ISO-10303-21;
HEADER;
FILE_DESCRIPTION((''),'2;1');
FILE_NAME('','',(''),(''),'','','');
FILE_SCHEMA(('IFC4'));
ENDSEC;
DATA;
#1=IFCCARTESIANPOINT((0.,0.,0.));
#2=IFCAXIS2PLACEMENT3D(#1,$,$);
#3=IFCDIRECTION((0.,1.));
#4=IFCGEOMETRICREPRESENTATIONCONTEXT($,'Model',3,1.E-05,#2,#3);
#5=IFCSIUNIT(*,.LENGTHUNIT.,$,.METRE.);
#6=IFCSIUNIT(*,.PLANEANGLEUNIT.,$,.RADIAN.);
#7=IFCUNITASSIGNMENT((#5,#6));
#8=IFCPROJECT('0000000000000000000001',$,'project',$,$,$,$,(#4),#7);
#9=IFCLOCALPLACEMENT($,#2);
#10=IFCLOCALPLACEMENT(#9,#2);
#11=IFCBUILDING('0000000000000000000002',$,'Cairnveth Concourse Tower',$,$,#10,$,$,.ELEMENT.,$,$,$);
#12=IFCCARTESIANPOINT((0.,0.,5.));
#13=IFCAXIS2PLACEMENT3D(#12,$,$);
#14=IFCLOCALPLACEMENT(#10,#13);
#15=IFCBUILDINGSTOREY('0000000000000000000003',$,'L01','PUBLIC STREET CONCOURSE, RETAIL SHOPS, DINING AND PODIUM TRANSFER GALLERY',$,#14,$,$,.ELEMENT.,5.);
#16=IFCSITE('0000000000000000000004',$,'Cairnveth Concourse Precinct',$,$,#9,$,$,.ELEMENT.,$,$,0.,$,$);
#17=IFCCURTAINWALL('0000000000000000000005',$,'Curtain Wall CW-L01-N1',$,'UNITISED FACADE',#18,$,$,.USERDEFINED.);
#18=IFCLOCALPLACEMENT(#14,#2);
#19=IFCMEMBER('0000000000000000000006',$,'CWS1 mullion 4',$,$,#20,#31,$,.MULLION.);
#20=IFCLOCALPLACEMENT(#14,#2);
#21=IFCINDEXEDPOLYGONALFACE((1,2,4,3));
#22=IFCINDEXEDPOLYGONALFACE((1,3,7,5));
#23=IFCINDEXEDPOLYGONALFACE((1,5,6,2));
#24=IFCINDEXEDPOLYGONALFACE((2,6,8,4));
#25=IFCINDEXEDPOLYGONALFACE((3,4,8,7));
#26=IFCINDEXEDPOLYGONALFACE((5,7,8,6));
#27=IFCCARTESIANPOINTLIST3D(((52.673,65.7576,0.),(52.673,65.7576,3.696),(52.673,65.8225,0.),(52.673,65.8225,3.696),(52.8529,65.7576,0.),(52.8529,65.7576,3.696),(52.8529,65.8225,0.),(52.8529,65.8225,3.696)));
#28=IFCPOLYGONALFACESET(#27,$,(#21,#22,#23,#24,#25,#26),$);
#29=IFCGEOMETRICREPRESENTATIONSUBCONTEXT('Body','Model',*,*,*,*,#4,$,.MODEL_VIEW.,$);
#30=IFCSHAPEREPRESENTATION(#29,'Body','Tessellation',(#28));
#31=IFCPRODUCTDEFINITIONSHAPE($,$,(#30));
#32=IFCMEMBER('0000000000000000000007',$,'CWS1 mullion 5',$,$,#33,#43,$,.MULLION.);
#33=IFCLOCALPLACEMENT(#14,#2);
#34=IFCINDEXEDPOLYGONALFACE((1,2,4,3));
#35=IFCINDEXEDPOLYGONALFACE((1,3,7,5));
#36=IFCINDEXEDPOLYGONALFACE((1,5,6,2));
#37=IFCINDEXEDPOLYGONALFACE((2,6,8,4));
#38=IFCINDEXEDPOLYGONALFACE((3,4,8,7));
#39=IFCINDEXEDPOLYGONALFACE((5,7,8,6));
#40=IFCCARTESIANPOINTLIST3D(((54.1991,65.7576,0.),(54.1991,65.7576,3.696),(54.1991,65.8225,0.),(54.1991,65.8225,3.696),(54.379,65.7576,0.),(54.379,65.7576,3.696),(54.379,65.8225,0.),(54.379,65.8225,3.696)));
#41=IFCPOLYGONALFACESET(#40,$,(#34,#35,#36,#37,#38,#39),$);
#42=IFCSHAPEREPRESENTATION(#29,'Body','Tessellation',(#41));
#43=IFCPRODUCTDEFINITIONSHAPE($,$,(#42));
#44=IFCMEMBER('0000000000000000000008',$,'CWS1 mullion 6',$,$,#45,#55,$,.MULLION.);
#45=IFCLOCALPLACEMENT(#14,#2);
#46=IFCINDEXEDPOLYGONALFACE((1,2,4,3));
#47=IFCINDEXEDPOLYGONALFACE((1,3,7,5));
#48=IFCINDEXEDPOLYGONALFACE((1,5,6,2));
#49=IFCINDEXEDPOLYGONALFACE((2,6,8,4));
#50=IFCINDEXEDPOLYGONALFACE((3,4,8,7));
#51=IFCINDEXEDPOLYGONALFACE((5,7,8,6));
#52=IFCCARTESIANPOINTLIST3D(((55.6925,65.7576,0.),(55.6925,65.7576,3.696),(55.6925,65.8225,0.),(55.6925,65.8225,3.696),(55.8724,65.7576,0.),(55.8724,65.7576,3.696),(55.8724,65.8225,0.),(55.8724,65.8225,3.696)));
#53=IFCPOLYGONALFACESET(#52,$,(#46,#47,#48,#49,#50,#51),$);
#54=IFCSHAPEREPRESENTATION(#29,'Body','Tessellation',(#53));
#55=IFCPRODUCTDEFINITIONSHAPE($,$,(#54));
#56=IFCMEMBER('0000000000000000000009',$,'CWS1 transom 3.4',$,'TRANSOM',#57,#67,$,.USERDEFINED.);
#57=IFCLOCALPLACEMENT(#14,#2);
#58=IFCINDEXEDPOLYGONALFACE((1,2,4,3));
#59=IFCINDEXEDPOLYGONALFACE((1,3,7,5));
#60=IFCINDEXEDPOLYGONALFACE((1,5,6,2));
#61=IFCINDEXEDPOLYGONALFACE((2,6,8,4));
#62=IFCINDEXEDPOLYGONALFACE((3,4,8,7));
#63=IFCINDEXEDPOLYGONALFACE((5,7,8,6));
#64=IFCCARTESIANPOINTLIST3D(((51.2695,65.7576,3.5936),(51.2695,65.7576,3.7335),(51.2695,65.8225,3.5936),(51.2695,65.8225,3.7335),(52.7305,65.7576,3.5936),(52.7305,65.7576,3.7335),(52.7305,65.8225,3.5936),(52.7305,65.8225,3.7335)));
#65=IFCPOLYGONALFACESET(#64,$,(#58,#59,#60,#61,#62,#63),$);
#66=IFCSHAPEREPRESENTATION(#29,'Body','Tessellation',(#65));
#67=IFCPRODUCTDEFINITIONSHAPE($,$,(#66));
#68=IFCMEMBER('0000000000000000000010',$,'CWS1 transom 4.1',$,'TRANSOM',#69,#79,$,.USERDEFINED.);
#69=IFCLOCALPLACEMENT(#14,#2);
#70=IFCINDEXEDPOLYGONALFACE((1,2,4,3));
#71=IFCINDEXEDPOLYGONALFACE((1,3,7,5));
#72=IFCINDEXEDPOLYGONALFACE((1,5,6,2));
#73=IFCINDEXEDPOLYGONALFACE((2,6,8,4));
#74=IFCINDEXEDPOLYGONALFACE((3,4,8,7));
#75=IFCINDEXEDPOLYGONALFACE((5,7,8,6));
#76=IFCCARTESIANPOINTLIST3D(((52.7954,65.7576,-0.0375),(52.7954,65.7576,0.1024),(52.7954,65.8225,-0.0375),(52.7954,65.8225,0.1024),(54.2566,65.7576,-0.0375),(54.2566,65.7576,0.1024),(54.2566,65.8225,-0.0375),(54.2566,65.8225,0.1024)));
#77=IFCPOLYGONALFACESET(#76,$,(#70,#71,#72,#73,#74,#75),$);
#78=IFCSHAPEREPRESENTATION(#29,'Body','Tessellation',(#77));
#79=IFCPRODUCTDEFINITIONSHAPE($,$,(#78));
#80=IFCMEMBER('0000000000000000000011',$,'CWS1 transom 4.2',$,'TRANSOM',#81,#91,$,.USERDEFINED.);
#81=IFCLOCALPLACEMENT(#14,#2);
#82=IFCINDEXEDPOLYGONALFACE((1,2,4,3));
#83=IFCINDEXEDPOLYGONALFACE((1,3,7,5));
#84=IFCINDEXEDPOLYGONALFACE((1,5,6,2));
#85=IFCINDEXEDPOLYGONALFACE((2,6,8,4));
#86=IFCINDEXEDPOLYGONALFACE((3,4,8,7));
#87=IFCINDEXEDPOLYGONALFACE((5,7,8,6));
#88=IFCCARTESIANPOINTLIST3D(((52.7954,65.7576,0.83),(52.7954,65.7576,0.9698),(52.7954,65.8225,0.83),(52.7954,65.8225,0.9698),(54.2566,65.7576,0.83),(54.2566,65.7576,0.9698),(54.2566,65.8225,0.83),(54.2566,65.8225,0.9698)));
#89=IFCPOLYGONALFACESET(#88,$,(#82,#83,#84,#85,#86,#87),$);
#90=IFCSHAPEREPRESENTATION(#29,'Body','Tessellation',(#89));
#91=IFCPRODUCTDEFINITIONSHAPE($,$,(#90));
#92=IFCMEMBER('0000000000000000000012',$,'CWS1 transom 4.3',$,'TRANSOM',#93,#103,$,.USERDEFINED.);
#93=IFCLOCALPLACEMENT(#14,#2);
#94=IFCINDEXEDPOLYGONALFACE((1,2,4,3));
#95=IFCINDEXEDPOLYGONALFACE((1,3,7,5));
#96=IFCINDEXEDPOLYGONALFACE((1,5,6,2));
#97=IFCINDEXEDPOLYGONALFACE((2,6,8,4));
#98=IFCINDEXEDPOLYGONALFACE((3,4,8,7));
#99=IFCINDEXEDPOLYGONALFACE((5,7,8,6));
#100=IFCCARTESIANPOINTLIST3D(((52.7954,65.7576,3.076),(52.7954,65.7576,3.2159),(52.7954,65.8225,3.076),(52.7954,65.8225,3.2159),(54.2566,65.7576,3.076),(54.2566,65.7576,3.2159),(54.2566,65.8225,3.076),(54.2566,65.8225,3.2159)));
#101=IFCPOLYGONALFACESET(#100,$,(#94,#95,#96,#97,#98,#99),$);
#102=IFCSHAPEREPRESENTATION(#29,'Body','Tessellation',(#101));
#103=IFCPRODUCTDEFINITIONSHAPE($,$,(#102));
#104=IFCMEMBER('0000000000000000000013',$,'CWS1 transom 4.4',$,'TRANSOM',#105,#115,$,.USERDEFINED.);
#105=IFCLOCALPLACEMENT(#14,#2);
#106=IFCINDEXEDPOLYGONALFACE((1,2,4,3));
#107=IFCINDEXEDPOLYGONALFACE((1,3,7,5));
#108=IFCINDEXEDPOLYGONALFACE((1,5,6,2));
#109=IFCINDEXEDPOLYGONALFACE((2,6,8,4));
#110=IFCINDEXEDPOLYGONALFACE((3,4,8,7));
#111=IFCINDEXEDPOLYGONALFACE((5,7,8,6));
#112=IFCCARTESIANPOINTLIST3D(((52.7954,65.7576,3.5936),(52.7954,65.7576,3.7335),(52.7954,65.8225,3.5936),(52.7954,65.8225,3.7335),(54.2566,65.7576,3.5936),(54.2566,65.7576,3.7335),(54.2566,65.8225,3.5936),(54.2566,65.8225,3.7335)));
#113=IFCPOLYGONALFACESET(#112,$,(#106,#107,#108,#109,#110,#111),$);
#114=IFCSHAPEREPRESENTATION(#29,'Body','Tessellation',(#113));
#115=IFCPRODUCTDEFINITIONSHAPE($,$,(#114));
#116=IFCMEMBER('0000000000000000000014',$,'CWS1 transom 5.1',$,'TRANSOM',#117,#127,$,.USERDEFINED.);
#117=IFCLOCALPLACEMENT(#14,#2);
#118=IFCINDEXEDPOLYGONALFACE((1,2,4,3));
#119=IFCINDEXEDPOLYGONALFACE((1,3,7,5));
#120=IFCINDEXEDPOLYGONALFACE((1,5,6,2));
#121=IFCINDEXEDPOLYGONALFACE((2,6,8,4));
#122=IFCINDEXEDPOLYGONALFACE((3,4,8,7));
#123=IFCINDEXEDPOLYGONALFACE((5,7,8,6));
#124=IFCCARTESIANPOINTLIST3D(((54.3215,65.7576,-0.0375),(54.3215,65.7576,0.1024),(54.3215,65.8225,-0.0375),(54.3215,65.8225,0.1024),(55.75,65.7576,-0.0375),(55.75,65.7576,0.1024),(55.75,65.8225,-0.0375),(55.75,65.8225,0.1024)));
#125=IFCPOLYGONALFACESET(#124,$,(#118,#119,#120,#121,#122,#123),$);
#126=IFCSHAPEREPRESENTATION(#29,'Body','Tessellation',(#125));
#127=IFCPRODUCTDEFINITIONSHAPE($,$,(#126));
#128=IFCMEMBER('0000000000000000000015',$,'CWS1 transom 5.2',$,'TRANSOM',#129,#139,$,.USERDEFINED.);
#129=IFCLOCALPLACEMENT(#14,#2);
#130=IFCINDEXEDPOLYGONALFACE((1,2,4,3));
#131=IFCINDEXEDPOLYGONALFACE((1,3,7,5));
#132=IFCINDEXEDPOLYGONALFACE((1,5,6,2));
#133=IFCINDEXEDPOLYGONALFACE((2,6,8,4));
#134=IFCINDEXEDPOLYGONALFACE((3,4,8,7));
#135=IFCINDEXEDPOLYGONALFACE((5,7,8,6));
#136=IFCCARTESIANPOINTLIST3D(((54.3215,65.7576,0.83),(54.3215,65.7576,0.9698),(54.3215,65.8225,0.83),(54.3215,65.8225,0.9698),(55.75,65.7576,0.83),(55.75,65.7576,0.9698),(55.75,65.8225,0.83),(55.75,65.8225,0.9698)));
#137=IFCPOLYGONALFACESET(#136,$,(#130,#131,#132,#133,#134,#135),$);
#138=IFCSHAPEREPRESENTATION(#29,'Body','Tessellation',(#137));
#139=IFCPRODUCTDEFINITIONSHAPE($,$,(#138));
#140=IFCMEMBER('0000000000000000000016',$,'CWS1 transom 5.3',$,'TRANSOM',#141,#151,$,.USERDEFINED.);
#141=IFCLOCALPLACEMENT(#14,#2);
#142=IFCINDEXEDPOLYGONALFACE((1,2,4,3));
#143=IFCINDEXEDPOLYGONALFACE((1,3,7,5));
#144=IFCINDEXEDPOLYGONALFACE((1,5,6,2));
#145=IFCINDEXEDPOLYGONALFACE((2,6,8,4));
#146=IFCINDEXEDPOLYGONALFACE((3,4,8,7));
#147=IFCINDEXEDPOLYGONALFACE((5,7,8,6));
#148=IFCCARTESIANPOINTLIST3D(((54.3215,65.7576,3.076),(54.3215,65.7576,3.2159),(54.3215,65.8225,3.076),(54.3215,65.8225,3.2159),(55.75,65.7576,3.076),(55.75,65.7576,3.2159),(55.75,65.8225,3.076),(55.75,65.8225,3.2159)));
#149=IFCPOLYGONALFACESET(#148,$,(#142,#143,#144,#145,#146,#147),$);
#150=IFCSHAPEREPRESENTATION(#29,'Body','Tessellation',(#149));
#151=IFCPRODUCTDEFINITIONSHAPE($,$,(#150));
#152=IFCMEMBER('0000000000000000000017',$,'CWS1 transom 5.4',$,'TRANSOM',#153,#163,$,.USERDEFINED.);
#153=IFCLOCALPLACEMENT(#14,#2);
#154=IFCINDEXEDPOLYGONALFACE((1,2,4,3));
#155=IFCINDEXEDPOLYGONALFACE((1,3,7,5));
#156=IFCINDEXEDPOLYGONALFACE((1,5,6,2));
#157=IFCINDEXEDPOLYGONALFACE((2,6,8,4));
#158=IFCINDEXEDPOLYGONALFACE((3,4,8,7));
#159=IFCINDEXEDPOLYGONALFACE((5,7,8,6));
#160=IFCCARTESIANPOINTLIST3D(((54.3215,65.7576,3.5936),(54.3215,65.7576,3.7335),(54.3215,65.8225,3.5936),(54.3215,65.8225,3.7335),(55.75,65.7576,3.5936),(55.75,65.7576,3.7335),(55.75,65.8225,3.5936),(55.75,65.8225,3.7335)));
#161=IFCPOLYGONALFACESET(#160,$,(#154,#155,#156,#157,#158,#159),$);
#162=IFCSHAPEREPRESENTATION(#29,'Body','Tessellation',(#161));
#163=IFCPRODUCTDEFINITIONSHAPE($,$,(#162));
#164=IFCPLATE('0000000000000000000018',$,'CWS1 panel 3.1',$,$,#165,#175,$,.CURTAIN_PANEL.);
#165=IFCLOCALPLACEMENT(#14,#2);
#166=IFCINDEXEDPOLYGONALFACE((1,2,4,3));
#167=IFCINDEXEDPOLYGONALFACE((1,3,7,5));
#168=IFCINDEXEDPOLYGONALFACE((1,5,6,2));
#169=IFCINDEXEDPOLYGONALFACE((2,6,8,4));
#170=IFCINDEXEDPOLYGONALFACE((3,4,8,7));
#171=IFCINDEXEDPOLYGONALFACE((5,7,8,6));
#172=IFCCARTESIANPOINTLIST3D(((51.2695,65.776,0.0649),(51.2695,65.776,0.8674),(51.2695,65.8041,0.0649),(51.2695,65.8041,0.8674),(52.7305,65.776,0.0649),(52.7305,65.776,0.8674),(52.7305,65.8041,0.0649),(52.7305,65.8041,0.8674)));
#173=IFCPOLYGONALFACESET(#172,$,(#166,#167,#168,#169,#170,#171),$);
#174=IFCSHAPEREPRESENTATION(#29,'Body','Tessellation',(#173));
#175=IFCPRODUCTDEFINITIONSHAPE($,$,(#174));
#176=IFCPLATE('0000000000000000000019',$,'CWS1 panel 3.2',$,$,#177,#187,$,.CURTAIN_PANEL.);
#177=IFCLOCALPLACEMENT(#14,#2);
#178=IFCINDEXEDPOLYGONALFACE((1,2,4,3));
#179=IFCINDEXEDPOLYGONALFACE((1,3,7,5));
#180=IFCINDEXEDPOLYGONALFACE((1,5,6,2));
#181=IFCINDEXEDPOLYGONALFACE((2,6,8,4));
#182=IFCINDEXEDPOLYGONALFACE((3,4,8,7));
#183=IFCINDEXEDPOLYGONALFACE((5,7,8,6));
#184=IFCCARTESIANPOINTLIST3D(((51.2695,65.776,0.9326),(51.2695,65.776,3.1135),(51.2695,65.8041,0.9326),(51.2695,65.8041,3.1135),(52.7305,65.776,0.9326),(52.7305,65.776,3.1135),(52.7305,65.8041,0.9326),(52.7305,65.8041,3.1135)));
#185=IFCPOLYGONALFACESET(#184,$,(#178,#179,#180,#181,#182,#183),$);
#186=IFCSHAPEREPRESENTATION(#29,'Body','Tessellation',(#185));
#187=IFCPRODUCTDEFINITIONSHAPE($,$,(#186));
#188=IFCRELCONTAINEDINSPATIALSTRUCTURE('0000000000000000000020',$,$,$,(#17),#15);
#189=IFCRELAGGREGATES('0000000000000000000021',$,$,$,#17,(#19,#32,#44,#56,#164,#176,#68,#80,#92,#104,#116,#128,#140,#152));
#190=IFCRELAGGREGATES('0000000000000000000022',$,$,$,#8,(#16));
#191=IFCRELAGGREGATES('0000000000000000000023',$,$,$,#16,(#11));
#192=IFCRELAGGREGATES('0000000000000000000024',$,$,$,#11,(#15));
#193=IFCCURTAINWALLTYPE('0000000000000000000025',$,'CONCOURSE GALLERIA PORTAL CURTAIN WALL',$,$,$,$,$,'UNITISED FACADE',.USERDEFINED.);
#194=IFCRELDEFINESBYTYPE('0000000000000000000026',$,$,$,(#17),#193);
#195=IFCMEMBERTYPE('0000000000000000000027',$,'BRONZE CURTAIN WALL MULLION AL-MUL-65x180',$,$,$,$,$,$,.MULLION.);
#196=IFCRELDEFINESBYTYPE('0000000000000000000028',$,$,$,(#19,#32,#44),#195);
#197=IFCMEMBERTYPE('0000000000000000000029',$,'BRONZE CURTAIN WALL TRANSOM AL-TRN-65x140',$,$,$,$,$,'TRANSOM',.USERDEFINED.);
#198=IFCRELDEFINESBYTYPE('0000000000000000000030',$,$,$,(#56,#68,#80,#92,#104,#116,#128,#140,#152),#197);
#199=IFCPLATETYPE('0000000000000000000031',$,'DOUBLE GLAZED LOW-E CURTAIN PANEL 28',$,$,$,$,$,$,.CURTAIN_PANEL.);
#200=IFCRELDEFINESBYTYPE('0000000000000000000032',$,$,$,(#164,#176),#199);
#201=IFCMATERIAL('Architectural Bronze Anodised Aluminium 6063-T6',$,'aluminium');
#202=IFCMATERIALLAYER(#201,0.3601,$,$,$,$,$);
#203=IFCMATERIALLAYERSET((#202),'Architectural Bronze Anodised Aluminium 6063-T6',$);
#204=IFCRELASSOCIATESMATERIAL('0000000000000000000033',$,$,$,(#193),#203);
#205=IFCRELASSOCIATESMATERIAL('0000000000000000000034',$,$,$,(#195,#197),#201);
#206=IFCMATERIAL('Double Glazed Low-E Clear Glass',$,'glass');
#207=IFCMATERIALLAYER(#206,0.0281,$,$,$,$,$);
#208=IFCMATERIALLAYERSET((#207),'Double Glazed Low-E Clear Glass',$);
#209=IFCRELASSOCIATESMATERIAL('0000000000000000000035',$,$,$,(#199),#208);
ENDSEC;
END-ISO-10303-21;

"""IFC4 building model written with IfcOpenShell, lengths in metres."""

from ifc_helpers import new_model, si_unit, direction, frame, origin, origin_2d, place, context, subcontext, project, spatial, rectangle, extrude, material, layer, layer_set, material_profile, profile_set, type_object, element, aggregate, save


model = new_model("IFC4")

# Units and contexts
model_context = context("Model", 3, precision=1e-05, world=origin(), true_north=direction((0.0, 1.0)))
body_context = subcontext(model_context, "Body", "Model", "MODEL_VIEW")
ifc_project = project(units=[si_unit("LENGTHUNIT", "METRE"), si_unit("PLANEANGLEUNIT", "RADIAN")], contexts=[model_context])

# Site, building, storey
site_placement = place(None, origin())
site = spatial("IfcSite", under=ifc_project, at=site_placement, Name="Cairnveth Concourse Precinct", CompositionType="ELEMENT", RefElevation=0.0)
building_placement = place(site_placement, origin())
building = spatial("IfcBuilding", under=site, at=building_placement, Name="Cairnveth Concourse Tower", CompositionType="ELEMENT")
storey_placement = place(building_placement, frame((0.0, 0.0, 5.0)))
storey = spatial("IfcBuildingStorey", under=building, at=storey_placement, Name="L01", Description="PUBLIC STREET CONCOURSE, RETAIL SHOPS, DINING AND PODIUM TRANSFER GALLERY", CompositionType="ELEMENT", Elevation=5.0)

# Curtain wall, members, plates
ifc_material_1 = material(Name="Architectural Bronze Anodised Aluminium 6063-T6", Category="aluminium")
ifc_layer_1 = layer(ifc_material_1, 0.3601)
ifc_layer_set_1 = layer_set([ifc_layer_1], Name="Architectural Bronze Anodised Aluminium 6063-T6")
curtain_wall_type = type_object("IfcCurtainWallType", Name="CONCOURSE GALLERIA PORTAL CURTAIN WALL", ElementType="UNITISED FACADE", PredefinedType="USERDEFINED", material=ifc_layer_set_1)
curtain_wall_placement = place(storey_placement, origin())
curtain_wall = element("IfcCurtainWall", 1, at=curtain_wall_placement, inside=storey, type_object=curtain_wall_type, Name="Curtain Wall CW-L01-N1", ObjectType="UNITISED FACADE", PredefinedType="USERDEFINED")
ifc_material_profile_1 = material_profile(ifc_material_1, rectangle(XDim=0.0649, YDim=0.1799, at=origin_2d()), Name="AL-MUL-65x180")
ifc_profile_set_1 = profile_set([ifc_material_profile_1], Name="Architectural Bronze Anodised Aluminium 6063-T6")
member_type_1 = type_object("IfcMemberType", Name="BRONZE CURTAIN WALL MULLION AL-MUL-65x180", PredefinedType="MULLION", material=ifc_profile_set_1)
member_1_placement = place(storey_placement, frame((52.7629, 65.79, 0.0), z_axis=(0.0, 0.0, 1.0), x_axis=(0.0, 1.0, 0.0)))
member_1 = element("IfcMember", 2, at=member_1_placement, type_object=member_type_1, Name="CWS1 mullion 4", PredefinedType="MULLION", context=body_context, shape_type="SweptSolid", body=[
    extrude(rectangle(XDim=0.0649, YDim=0.1799, at=origin_2d()), origin(), (0.0, 0.0, 1.0), 3.696),
])
member_2_placement = place(storey_placement, frame((54.2891, 65.79, 0.0), z_axis=(0.0, 0.0, 1.0), x_axis=(0.0, 1.0, 0.0)))
member_2 = element("IfcMember", 3, at=member_2_placement, type_object=member_type_1, Name="CWS1 mullion 5", PredefinedType="MULLION", context=body_context, shape_type="SweptSolid", body=[
    extrude(rectangle(XDim=0.0649, YDim=0.1799, at=origin_2d()), origin(), (0.0, 0.0, 1.0), 3.696),
])
member_3_placement = place(storey_placement, frame((55.7825, 65.79, 0.0), z_axis=(0.0, 0.0, 1.0), x_axis=(0.0, 1.0, 0.0)))
member_3 = element("IfcMember", 4, at=member_3_placement, type_object=member_type_1, Name="CWS1 mullion 6", PredefinedType="MULLION", context=body_context, shape_type="SweptSolid", body=[
    extrude(rectangle(XDim=0.0649, YDim=0.1799, at=origin_2d()), origin(), (0.0, 0.0, 1.0), 3.696),
])
ifc_material_profile_2 = material_profile(ifc_material_1, rectangle(XDim=0.0649, YDim=0.1399, at=origin_2d()), Name="AL-TRN-65x140")
ifc_profile_set_2 = profile_set([ifc_material_profile_2], Name="Architectural Bronze Anodised Aluminium 6063-T6")
member_type_2 = type_object("IfcMemberType", Name="BRONZE CURTAIN WALL TRANSOM AL-TRN-65x140", ElementType="TRANSOM", PredefinedType="USERDEFINED", material=ifc_profile_set_2)
member_4_placement = place(storey_placement, frame((51.2695, 65.79, 3.6636), z_axis=(1.0, 0.0, 0.0), x_axis=(0.0, 1.0, 0.0)))
member_4 = element("IfcMember", 5, at=member_4_placement, type_object=member_type_2, Name="CWS1 transom 3.4", ObjectType="TRANSOM", PredefinedType="USERDEFINED", context=body_context, shape_type="SweptSolid", body=[
    extrude(rectangle(XDim=0.0649, YDim=0.1399, at=origin_2d()), origin(), (0.0, 0.0, 1.0), 1.4609),
])
member_5_placement = place(storey_placement, frame((52.7954, 65.79, 0.0325), z_axis=(1.0, 0.0, 0.0), x_axis=(0.0, 1.0, 0.0)))
member_5 = element("IfcMember", 6, at=member_5_placement, type_object=member_type_2, Name="CWS1 transom 4.1", ObjectType="TRANSOM", PredefinedType="USERDEFINED", context=body_context, shape_type="SweptSolid", body=[
    extrude(rectangle(XDim=0.0649, YDim=0.1399, at=origin_2d()), origin(), (0.0, 0.0, 1.0), 1.4612),
])
member_6_placement = place(storey_placement, frame((52.7954, 65.79, 0.8999), z_axis=(1.0, 0.0, 0.0), x_axis=(0.0, 1.0, 0.0)))
member_6 = element("IfcMember", 7, at=member_6_placement, type_object=member_type_2, Name="CWS1 transom 4.2", ObjectType="TRANSOM", PredefinedType="USERDEFINED", context=body_context, shape_type="SweptSolid", body=[
    extrude(rectangle(XDim=0.0649, YDim=0.1399, at=origin_2d()), origin(), (0.0, 0.0, 1.0), 1.4612),
])
member_7_placement = place(storey_placement, frame((52.7954, 65.79, 3.146), z_axis=(1.0, 0.0, 0.0), x_axis=(0.0, 1.0, 0.0)))
member_7 = element("IfcMember", 8, at=member_7_placement, type_object=member_type_2, Name="CWS1 transom 4.3", ObjectType="TRANSOM", PredefinedType="USERDEFINED", context=body_context, shape_type="SweptSolid", body=[
    extrude(rectangle(XDim=0.0649, YDim=0.1399, at=origin_2d()), origin(), (0.0, 0.0, 1.0), 1.4612),
])
member_8_placement = place(storey_placement, frame((52.7954, 65.79, 3.6636), z_axis=(1.0, 0.0, 0.0), x_axis=(0.0, 1.0, 0.0)))
member_8 = element("IfcMember", 9, at=member_8_placement, type_object=member_type_2, Name="CWS1 transom 4.4", ObjectType="TRANSOM", PredefinedType="USERDEFINED", context=body_context, shape_type="SweptSolid", body=[
    extrude(rectangle(XDim=0.0649, YDim=0.1399, at=origin_2d()), origin(), (0.0, 0.0, 1.0), 1.4612),
])
member_9_placement = place(storey_placement, frame((54.3215, 65.79, 0.0325), z_axis=(1.0, 0.0, 0.0), x_axis=(0.0, 1.0, 0.0)))
member_9 = element("IfcMember", 10, at=member_9_placement, type_object=member_type_2, Name="CWS1 transom 5.1", ObjectType="TRANSOM", PredefinedType="USERDEFINED", context=body_context, shape_type="SweptSolid", body=[
    extrude(rectangle(XDim=0.0649, YDim=0.1399, at=origin_2d()), origin(), (0.0, 0.0, 1.0), 1.4285),
])
member_10_placement = place(storey_placement, frame((54.3215, 65.79, 0.8999), z_axis=(1.0, 0.0, 0.0), x_axis=(0.0, 1.0, 0.0)))
member_10 = element("IfcMember", 11, at=member_10_placement, type_object=member_type_2, Name="CWS1 transom 5.2", ObjectType="TRANSOM", PredefinedType="USERDEFINED", context=body_context, shape_type="SweptSolid", body=[
    extrude(rectangle(XDim=0.0649, YDim=0.1399, at=origin_2d()), origin(), (0.0, 0.0, 1.0), 1.4285),
])
member_11_placement = place(storey_placement, frame((54.3215, 65.79, 3.146), z_axis=(1.0, 0.0, 0.0), x_axis=(0.0, 1.0, 0.0)))
member_11 = element("IfcMember", 12, at=member_11_placement, type_object=member_type_2, Name="CWS1 transom 5.3", ObjectType="TRANSOM", PredefinedType="USERDEFINED", context=body_context, shape_type="SweptSolid", body=[
    extrude(rectangle(XDim=0.0649, YDim=0.1399, at=origin_2d()), origin(), (0.0, 0.0, 1.0), 1.4285),
])
member_12_placement = place(storey_placement, frame((54.3215, 65.79, 3.6636), z_axis=(1.0, 0.0, 0.0), x_axis=(0.0, 1.0, 0.0)))
member_12 = element("IfcMember", 13, at=member_12_placement, type_object=member_type_2, Name="CWS1 transom 5.4", ObjectType="TRANSOM", PredefinedType="USERDEFINED", context=body_context, shape_type="SweptSolid", body=[
    extrude(rectangle(XDim=0.0649, YDim=0.1399, at=origin_2d()), origin(), (0.0, 0.0, 1.0), 1.4285),
])
ifc_material_2 = material(Name="Double Glazed Low-E Clear Glass", Category="glass")
ifc_layer_2 = layer(ifc_material_2, 0.0281)
ifc_layer_set_2 = layer_set([ifc_layer_2], Name="Double Glazed Low-E Clear Glass")
plate_type = type_object("IfcPlateType", Name="DOUBLE GLAZED LOW-E CURTAIN PANEL 28", PredefinedType="CURTAIN_PANEL", material=ifc_layer_set_2)
plate_1_placement = place(storey_placement, frame((52.0, 65.79, 0.0649), z_axis=(0.0, 0.0, 1.0), x_axis=(1.0, 0.0, 0.0)))
plate_1 = element("IfcPlate", 14, at=plate_1_placement, type_object=plate_type, Name="CWS1 panel 3.1", PredefinedType="CURTAIN_PANEL", context=body_context, shape_type="SweptSolid", body=[
    extrude(rectangle(XDim=1.4609, YDim=0.0281, at=origin_2d()), origin(), (0.0, 0.0, 1.0), 0.8025),
])
plate_2_placement = place(storey_placement, frame((52.0, 65.79, 0.9326), z_axis=(0.0, 0.0, 1.0), x_axis=(1.0, 0.0, 0.0)))
plate_2 = element("IfcPlate", 15, at=plate_2_placement, type_object=plate_type, Name="CWS1 panel 3.2", PredefinedType="CURTAIN_PANEL", context=body_context, shape_type="SweptSolid", body=[
    extrude(rectangle(XDim=1.4609, YDim=0.0281, at=origin_2d()), origin(), (0.0, 0.0, 1.0), 2.1809),
])
aggregate(curtain_wall, [member_1, member_2, member_3, member_4, plate_1, plate_2, member_5, member_6, member_7, member_8, member_9, member_10, member_11, member_12])

save(model, "model.ifc")
